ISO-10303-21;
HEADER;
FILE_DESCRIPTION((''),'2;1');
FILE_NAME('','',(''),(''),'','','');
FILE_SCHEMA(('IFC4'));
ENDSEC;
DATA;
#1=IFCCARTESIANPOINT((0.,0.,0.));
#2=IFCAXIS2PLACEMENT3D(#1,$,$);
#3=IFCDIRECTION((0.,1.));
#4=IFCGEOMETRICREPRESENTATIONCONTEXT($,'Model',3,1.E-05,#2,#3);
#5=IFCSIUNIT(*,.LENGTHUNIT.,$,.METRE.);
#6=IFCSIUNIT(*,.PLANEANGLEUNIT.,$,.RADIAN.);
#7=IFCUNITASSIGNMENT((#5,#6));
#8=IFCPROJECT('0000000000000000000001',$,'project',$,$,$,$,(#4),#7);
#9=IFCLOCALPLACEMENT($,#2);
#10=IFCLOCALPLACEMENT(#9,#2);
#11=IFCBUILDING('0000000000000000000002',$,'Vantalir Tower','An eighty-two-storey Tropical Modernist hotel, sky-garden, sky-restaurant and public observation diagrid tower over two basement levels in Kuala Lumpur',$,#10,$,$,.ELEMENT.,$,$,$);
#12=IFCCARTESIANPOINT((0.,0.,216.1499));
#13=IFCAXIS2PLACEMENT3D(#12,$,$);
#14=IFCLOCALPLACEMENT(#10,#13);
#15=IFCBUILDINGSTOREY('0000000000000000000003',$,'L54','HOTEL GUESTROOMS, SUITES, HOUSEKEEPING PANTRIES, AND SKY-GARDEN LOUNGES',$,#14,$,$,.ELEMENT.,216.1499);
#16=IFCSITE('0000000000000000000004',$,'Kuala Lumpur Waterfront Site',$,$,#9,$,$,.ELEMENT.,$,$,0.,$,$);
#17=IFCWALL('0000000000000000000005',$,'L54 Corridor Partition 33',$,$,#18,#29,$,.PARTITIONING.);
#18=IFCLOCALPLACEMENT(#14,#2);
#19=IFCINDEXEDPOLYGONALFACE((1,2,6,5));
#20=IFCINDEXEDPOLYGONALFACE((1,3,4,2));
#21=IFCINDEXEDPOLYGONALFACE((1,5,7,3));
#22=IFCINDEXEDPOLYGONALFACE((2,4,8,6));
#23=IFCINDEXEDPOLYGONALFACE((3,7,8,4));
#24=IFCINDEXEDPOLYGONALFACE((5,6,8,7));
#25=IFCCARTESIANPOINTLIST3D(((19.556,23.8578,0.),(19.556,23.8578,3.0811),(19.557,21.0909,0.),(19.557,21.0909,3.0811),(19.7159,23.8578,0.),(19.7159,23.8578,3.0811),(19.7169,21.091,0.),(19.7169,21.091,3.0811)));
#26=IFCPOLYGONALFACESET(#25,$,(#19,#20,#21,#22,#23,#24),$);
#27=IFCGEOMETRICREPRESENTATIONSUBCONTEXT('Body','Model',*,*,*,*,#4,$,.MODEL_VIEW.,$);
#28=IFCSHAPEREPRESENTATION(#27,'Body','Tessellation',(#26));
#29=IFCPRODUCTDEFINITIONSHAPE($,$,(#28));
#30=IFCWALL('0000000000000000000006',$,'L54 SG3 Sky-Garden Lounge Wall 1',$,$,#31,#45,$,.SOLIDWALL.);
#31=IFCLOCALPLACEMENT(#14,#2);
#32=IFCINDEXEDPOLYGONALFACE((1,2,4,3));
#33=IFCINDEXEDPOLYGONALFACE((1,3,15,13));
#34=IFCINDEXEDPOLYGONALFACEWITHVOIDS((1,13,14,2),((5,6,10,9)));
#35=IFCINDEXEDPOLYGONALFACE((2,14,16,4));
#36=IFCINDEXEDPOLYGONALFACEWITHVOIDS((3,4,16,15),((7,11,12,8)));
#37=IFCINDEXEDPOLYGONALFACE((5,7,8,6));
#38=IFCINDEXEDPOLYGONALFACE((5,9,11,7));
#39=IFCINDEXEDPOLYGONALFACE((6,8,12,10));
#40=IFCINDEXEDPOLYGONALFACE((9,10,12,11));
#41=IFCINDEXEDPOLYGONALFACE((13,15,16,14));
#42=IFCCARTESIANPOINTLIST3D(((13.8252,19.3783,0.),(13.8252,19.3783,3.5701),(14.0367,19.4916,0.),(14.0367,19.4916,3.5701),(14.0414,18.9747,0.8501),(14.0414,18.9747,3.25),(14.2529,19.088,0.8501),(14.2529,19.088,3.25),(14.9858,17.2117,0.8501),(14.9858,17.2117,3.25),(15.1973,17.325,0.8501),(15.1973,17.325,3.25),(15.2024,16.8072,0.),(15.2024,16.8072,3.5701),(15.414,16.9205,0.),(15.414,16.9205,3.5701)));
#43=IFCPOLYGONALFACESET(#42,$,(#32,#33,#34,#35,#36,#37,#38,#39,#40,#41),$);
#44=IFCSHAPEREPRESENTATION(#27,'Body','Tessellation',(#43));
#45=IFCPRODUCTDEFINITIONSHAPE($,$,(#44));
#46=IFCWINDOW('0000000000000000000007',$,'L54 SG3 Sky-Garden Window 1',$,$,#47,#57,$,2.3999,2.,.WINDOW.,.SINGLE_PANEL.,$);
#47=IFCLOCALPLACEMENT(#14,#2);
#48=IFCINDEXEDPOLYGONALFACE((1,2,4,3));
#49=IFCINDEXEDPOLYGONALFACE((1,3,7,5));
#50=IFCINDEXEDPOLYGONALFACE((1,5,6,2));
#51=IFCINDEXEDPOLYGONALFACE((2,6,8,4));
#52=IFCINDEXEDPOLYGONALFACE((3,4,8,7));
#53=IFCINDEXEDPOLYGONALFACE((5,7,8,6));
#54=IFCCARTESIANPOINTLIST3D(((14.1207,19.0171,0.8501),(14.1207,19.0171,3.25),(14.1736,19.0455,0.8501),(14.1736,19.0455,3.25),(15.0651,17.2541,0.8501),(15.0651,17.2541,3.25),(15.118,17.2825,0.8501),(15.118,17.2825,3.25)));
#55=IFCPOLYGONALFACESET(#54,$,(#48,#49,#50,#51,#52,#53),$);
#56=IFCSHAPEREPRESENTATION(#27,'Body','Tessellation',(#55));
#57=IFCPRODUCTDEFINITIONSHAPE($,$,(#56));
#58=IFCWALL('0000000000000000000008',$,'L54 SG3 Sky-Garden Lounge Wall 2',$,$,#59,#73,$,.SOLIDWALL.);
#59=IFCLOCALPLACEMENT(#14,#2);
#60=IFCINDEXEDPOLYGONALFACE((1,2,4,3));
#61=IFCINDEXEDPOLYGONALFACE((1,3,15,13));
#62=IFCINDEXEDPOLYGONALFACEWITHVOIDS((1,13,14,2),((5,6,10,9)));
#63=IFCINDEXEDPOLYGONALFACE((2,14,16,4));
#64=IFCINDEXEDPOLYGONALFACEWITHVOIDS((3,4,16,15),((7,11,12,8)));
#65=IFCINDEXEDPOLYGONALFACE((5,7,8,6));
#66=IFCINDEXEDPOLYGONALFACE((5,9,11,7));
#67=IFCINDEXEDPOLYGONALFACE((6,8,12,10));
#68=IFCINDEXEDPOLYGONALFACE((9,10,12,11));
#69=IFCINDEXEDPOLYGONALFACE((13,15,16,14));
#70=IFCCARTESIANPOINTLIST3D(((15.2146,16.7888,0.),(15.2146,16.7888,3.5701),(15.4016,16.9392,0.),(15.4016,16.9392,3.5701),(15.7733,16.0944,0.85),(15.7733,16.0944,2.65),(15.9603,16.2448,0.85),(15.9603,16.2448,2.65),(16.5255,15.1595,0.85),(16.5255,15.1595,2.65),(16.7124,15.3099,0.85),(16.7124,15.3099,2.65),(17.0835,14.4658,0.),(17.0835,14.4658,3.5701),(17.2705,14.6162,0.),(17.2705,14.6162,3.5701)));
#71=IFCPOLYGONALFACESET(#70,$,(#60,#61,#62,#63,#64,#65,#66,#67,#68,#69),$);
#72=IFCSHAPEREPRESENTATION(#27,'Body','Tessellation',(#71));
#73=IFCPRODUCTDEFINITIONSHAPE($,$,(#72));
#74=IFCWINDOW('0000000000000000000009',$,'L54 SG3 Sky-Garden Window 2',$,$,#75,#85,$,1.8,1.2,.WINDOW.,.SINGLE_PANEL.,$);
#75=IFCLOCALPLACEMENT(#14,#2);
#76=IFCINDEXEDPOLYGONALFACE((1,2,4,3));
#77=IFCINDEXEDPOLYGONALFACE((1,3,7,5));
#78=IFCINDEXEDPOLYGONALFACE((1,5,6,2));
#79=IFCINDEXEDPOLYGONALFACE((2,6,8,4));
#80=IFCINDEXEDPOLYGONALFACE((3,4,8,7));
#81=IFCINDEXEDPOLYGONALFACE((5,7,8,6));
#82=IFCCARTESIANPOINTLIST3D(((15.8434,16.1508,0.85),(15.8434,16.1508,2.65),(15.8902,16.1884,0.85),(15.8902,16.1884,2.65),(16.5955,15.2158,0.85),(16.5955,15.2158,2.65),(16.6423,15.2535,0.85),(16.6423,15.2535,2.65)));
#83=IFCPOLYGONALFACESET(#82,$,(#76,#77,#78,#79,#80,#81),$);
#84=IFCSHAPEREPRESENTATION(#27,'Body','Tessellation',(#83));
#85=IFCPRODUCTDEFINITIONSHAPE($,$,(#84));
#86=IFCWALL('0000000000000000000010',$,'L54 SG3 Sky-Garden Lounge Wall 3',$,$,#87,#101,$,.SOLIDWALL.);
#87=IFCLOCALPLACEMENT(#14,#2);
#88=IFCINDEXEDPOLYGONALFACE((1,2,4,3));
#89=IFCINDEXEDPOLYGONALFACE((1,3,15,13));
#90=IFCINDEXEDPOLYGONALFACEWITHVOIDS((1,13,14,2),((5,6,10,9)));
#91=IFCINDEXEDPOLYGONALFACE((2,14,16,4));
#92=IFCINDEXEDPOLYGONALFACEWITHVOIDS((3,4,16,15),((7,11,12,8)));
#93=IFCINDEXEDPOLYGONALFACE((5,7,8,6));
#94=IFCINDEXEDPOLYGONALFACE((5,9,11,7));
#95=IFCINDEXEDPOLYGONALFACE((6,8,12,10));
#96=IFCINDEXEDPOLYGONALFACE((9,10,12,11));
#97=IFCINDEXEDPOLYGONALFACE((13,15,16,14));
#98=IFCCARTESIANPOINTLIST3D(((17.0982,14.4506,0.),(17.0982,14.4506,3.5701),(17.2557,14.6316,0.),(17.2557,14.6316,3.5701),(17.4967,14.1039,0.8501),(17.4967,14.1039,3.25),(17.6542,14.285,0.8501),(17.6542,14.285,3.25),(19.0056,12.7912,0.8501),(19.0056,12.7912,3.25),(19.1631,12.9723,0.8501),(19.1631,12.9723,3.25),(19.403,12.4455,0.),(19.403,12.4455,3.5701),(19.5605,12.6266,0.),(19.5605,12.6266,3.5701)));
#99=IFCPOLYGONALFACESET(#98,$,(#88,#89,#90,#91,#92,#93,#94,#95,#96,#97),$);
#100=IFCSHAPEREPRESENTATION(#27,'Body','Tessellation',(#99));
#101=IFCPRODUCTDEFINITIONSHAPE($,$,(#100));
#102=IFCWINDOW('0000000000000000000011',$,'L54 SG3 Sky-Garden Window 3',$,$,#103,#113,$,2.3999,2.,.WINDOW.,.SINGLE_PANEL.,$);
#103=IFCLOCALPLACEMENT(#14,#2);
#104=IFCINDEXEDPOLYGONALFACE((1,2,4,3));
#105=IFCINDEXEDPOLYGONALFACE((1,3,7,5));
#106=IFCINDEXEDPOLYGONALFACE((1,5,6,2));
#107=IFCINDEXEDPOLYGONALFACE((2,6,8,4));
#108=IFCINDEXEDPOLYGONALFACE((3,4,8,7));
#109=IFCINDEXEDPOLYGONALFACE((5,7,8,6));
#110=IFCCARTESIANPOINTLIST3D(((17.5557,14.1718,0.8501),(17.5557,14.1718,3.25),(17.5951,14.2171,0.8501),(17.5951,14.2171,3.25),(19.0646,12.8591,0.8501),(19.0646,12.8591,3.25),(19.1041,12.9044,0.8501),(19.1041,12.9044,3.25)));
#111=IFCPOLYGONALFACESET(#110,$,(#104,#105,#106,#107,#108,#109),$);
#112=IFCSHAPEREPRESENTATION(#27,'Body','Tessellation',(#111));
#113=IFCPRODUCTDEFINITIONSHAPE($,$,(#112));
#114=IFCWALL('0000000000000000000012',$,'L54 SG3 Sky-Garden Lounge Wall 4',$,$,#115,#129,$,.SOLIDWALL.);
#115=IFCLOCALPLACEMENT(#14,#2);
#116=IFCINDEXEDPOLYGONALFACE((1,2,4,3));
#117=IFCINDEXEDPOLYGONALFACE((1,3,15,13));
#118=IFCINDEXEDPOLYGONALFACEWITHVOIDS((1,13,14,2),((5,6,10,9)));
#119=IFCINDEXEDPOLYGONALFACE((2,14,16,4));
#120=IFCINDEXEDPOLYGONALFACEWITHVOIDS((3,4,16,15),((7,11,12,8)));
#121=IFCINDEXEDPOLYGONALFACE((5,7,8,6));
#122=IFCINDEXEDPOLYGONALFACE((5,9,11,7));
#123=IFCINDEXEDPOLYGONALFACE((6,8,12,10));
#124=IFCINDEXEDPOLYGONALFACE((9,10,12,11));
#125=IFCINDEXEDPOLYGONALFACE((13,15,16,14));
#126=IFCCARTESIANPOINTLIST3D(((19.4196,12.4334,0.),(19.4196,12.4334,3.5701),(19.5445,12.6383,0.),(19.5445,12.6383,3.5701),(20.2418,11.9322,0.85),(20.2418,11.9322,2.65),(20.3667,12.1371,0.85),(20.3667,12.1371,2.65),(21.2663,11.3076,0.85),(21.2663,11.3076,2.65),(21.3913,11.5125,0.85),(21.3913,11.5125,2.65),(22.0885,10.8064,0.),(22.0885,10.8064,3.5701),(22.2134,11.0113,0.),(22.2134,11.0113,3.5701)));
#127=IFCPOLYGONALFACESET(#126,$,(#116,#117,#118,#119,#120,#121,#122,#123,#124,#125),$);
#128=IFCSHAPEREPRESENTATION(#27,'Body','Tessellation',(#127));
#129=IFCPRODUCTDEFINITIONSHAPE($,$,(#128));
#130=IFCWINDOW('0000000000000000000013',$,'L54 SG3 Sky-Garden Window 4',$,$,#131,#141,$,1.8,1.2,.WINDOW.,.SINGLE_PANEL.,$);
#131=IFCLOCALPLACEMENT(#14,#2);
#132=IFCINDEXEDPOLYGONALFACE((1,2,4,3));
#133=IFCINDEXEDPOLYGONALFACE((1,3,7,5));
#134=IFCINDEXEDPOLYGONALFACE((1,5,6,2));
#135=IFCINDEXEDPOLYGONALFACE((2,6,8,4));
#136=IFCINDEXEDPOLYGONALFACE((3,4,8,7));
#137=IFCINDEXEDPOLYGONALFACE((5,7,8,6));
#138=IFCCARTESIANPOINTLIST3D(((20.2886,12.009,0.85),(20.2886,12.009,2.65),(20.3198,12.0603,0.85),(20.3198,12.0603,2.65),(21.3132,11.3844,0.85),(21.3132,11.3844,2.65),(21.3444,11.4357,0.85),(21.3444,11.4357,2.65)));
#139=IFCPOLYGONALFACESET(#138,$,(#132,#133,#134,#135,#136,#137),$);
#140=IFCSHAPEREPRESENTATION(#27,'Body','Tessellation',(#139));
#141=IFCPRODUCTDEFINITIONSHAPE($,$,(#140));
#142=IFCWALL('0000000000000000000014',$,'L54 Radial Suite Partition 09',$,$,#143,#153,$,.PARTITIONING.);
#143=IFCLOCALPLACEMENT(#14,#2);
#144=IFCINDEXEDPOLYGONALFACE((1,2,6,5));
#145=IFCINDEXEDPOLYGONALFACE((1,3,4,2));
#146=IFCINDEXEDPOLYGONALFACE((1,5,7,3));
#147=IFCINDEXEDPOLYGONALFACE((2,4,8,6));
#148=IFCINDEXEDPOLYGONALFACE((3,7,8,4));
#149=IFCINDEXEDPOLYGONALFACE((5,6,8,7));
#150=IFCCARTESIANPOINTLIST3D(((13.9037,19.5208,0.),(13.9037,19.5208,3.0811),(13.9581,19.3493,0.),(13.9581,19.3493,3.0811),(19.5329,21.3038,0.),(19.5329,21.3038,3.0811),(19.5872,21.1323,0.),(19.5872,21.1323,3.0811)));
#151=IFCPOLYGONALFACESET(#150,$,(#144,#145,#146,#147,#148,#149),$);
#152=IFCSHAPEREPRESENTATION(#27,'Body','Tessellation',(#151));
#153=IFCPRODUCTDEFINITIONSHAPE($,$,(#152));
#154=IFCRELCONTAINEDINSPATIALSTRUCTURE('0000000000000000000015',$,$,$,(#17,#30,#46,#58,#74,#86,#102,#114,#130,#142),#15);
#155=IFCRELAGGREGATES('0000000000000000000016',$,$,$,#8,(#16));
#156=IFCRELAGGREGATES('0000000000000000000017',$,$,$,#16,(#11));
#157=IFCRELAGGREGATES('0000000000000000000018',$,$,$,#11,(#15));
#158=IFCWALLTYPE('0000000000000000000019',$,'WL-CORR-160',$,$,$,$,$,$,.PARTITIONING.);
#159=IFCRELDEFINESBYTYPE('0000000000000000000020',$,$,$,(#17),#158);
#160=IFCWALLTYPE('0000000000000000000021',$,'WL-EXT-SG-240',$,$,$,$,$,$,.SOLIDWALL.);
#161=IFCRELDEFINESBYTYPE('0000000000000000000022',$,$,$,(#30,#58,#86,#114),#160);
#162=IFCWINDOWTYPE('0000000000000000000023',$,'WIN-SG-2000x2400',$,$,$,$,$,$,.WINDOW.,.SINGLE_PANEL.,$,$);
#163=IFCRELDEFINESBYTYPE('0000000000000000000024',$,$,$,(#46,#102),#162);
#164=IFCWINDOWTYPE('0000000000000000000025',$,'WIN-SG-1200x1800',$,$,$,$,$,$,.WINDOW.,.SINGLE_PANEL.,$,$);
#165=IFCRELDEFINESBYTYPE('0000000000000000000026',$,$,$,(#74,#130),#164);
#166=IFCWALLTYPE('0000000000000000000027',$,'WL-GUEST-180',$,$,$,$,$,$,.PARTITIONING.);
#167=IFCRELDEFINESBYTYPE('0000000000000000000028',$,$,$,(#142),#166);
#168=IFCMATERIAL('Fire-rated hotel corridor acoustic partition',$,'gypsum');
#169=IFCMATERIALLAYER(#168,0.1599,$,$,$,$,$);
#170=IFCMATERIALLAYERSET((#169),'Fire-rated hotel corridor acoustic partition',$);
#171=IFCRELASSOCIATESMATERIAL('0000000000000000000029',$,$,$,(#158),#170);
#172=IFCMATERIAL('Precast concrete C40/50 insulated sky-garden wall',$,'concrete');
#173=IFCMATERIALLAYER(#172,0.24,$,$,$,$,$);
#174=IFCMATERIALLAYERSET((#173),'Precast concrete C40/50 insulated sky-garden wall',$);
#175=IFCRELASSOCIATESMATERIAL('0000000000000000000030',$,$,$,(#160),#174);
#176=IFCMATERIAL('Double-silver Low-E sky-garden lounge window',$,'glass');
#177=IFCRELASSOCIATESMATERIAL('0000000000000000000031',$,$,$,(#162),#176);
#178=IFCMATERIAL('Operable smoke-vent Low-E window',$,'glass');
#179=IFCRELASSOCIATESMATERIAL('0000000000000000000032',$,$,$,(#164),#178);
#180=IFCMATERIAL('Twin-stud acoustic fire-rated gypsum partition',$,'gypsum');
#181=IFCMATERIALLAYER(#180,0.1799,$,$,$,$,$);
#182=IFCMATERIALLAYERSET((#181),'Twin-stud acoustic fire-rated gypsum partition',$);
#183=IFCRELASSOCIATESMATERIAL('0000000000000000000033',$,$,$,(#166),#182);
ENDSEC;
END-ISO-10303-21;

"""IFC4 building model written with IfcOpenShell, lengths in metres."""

from ifc_helpers import new_model, si_unit, direction, frame, frame_2d, origin, place, context, subcontext, project, spatial, rectangle, extrude, material, layer, layer_set, type_object, element, fill, save


model = new_model("IFC4")

# Units and contexts
model_context = context("Model", 3, precision=1e-05, world=origin(), true_north=direction((0.0, 1.0)))
body_context = subcontext(model_context, "Body", "Model", "MODEL_VIEW")
ifc_project = project(units=[si_unit("LENGTHUNIT", "METRE"), si_unit("PLANEANGLEUNIT", "RADIAN")], contexts=[model_context])

# Site, building, storey
site_placement = place(None, origin())
site = spatial("IfcSite", under=ifc_project, at=site_placement, Name="Kuala Lumpur Waterfront Site", CompositionType="ELEMENT", RefElevation=0.0)
building_placement = place(site_placement, origin())
building = spatial("IfcBuilding", under=site, at=building_placement, Name="Vantalir Tower", Description="An eighty-two-storey Tropical Modernist hotel, sky-garden, sky-restaurant and public observation diagrid tower over two basement levels in Kuala Lumpur", CompositionType="ELEMENT")
storey_placement = place(building_placement, frame((0.0, 0.0, 216.1499)))
storey = spatial("IfcBuildingStorey", under=building, at=storey_placement, Name="L54", Description="HOTEL GUESTROOMS, SUITES, HOUSEKEEPING PANTRIES, AND SKY-GARDEN LOUNGES", CompositionType="ELEMENT", Elevation=216.1499)

# Shared definitions
ifc_material_1 = material(Name="Fire-rated hotel corridor acoustic partition", Category="gypsum")
ifc_layer_1 = layer(ifc_material_1, 0.1599)
ifc_layer_set_1 = layer_set([ifc_layer_1], Name="Fire-rated hotel corridor acoustic partition")
wall_type_1 = type_object("IfcWallType", Name="WL-CORR-160", PredefinedType="PARTITIONING", material=ifc_layer_set_1)

# Wall
wall_1_placement = place(storey_placement, frame((19.637, 21.0911, 0.0), z_axis=(0.0, 0.0, 1.0), x_axis=(-0.000353, 1.0, 0.0)))
element("IfcWall", 1, at=wall_1_placement, inside=storey, type_object=wall_type_1, Name="L54 Corridor Partition 33", PredefinedType="PARTITIONING", context=body_context, shape_type="SweptSolid", body=[
    extrude(rectangle(XDim=2.7668, YDim=0.1599, at=frame_2d((1.3833, 0.0))), origin(), (0.0, 0.0, 1.0), 3.0811),
])

# Walls, openings, windows
ifc_material_2 = material(Name="Precast concrete C40/50 insulated sky-garden wall", Category="concrete")
ifc_layer_2 = layer(ifc_material_2, 0.24)
ifc_layer_set_2 = layer_set([ifc_layer_2], Name="Precast concrete C40/50 insulated sky-garden wall")
wall_type_2 = type_object("IfcWallType", Name="WL-EXT-SG-240", PredefinedType="SOLIDWALL", material=ifc_layer_set_2)
wall_2_placement = place(storey_placement, frame((13.9309, 19.4351, 0.0), z_axis=(0.0, 0.0, 1.0), x_axis=(0.472182, -0.881501, 0.0)))
wall_2 = element("IfcWall", 2, at=wall_2_placement, inside=storey, type_object=wall_type_2, Name="L54 SG3 Sky-Garden Lounge Wall 1", PredefinedType="SOLIDWALL", context=body_context, shape_type="SweptSolid", body=[
    extrude(rectangle(XDim=2.9167, YDim=0.24, at=frame_2d((1.4585, 0.0))), origin(), (0.0, 0.0, 1.0), 3.5701),
])
opening_1_placement = place(wall_2_placement, frame((0.458, 0.0, 0.8501)))
opening_1 = element("IfcOpeningElement", 3, at=opening_1_placement, cuts=wall_2, PredefinedType="OPENING", context=body_context, shape_type="SweptSolid", body=[
    extrude(rectangle(XDim=2.0, YDim=2.3999, at=frame_2d((1.0, 1.2))), frame((0.0, 0.1299, 0.0), z_axis=(0.0, -1.0, 0.0), x_axis=(1.0, 0.0, 0.0)), (0.0, 0.0, 1.0), 0.26),
])
ifc_material_3 = material(Name="Double-silver Low-E sky-garden lounge window", Category="glass")
window_type_1 = type_object("IfcWindowType", Name="WIN-SG-2000x2400", PartitioningType="SINGLE_PANEL", PredefinedType="WINDOW", material=ifc_material_3)
window_1_placement = place(opening_1_placement, origin())
window_1 = element("IfcWindow", 4, at=window_1_placement, inside=storey, type_object=window_type_1, Name="L54 SG3 Sky-Garden Window 1", OverallHeight=2.3999, OverallWidth=2.0, PartitioningType="SINGLE_PANEL", PredefinedType="WINDOW", context=body_context, shape_type="SweptSolid", body=[
    extrude(rectangle(XDim=2.0, YDim=2.3999, at=frame_2d((1.0, 1.2))), frame((0.0, 0.03, 0.0), z_axis=(0.0, -1.0, 0.0), x_axis=(1.0, 0.0, 0.0)), (0.0, 0.0, 1.0), 0.0601),
])
fill(opening_1, window_1)
wall_3_placement = place(storey_placement, frame((15.3081, 16.864, 0.0), z_axis=(0.0, 0.0, 1.0), x_axis=(0.62684, -0.779148, 0.0)))
wall_3 = element("IfcWall", 5, at=wall_3_placement, inside=storey, type_object=wall_type_2, Name="L54 SG3 Sky-Garden Lounge Wall 2", PredefinedType="SOLIDWALL", context=body_context, shape_type="SweptSolid", body=[
    extrude(rectangle(XDim=2.9814, YDim=0.24, at=frame_2d((1.4907, 0.0))), origin(), (0.0, 0.0, 1.0), 3.5701),
])
opening_2_placement = place(wall_3_placement, frame((0.8911, 0.0, 0.8501)))
opening_2 = element("IfcOpeningElement", 6, at=opening_2_placement, cuts=wall_3, PredefinedType="OPENING", context=body_context, shape_type="SweptSolid", body=[
    extrude(rectangle(XDim=1.2, YDim=1.8, at=frame_2d((0.6001, 0.8999))), frame((0.0, 0.1299, 0.0), z_axis=(0.0, -1.0, 0.0), x_axis=(1.0, 0.0, 0.0)), (0.0, 0.0, 1.0), 0.26),
])
ifc_material_4 = material(Name="Operable smoke-vent Low-E window", Category="glass")
window_type_2 = type_object("IfcWindowType", Name="WIN-SG-1200x1800", PartitioningType="SINGLE_PANEL", PredefinedType="WINDOW", material=ifc_material_4)
window_2_placement = place(opening_2_placement, origin())
window_2 = element("IfcWindow", 7, at=window_2_placement, inside=storey, type_object=window_type_2, Name="L54 SG3 Sky-Garden Window 2", OverallHeight=1.8, OverallWidth=1.2, PartitioningType="SINGLE_PANEL", PredefinedType="WINDOW", context=body_context, shape_type="SweptSolid", body=[
    extrude(rectangle(XDim=1.2, YDim=1.8, at=frame_2d((0.6001, 0.8999))), frame((0.0, 0.03, 0.0), z_axis=(0.0, -1.0, 0.0), x_axis=(1.0, 0.0, 0.0)), (0.0, 0.0, 1.0), 0.0601),
])
fill(opening_2, window_2)
wall_4_placement = place(storey_placement, frame((17.177, 14.541, 0.0), z_axis=(0.0, 0.0, 1.0), x_axis=(0.75447, -0.656335, 0.0)))
wall_4 = element("IfcWall", 8, at=wall_4_placement, inside=storey, type_object=wall_type_2, Name="L54 SG3 Sky-Garden Lounge Wall 3", PredefinedType="SOLIDWALL", context=body_context, shape_type="SweptSolid", body=[
    extrude(rectangle(XDim=3.0549, YDim=0.24, at=frame_2d((1.5273, 0.0))), origin(), (0.0, 0.0, 1.0), 3.5701),
])
opening_3_placement = place(wall_4_placement, frame((0.5281, 0.0, 0.8501)))
opening_3 = element("IfcOpeningElement", 9, at=opening_3_placement, cuts=wall_4, PredefinedType="OPENING", context=body_context, shape_type="SweptSolid", body=[
    extrude(rectangle(XDim=2.0, YDim=2.3999, at=frame_2d((1.0, 1.2))), frame((0.0, 0.1299, 0.0), z_axis=(0.0, -1.0, 0.0), x_axis=(1.0, 0.0, 0.0)), (0.0, 0.0, 1.0), 0.26),
])
window_3_placement = place(opening_3_placement, origin())
window_3 = element("IfcWindow", 10, at=window_3_placement, inside=storey, type_object=window_type_1, Name="L54 SG3 Sky-Garden Window 3", OverallHeight=2.3999, OverallWidth=2.0, PartitioningType="SINGLE_PANEL", PredefinedType="WINDOW", context=body_context, shape_type="SweptSolid", body=[
    extrude(rectangle(XDim=2.0, YDim=2.3999, at=frame_2d((1.0, 1.2))), frame((0.0, 0.03, 0.0), z_axis=(0.0, -1.0, 0.0), x_axis=(1.0, 0.0, 0.0)), (0.0, 0.0, 1.0), 0.0601),
])
fill(opening_3, window_3)
wall_5_placement = place(storey_placement, frame((19.4819, 12.5359, 0.0), z_axis=(0.0, 0.0, 1.0), x_axis=(0.853861, -0.520502, 0.0)))
wall_5 = element("IfcWall", 11, at=wall_5_placement, inside=storey, type_object=wall_type_2, Name="L54 SG3 Sky-Garden Lounge Wall 4", PredefinedType="SOLIDWALL", context=body_context, shape_type="SweptSolid", body=[
    extrude(rectangle(XDim=3.1257, YDim=0.24, at=frame_2d((1.563, 0.0))), origin(), (0.0, 0.0, 1.0), 3.5701),
])
opening_4_placement = place(wall_5_placement, frame((0.9629, 0.0, 0.8501)))
opening_4 = element("IfcOpeningElement", 12, at=opening_4_placement, cuts=wall_5, PredefinedType="OPENING", context=body_context, shape_type="SweptSolid", body=[
    extrude(rectangle(XDim=1.2, YDim=1.8, at=frame_2d((0.6001, 0.8999))), frame((0.0, 0.1299, 0.0), z_axis=(0.0, -1.0, 0.0), x_axis=(1.0, 0.0, 0.0)), (0.0, 0.0, 1.0), 0.26),
])
window_4_placement = place(opening_4_placement, origin())
window_4 = element("IfcWindow", 13, at=window_4_placement, inside=storey, type_object=window_type_2, Name="L54 SG3 Sky-Garden Window 4", OverallHeight=1.8, OverallWidth=1.2, PartitioningType="SINGLE_PANEL", PredefinedType="WINDOW", context=body_context, shape_type="SweptSolid", body=[
    extrude(rectangle(XDim=1.2, YDim=1.8, at=frame_2d((0.6001, 0.8999))), frame((0.0, 0.03, 0.0), z_axis=(0.0, -1.0, 0.0), x_axis=(1.0, 0.0, 0.0)), (0.0, 0.0, 1.0), 0.0601),
])
fill(opening_4, window_4)

# Wall
ifc_material_5 = material(Name="Twin-stud acoustic fire-rated gypsum partition", Category="gypsum")
ifc_layer_3 = layer(ifc_material_5, 0.1799)
ifc_layer_set_3 = layer_set([ifc_layer_3], Name="Twin-stud acoustic fire-rated gypsum partition")
wall_type_3 = type_object("IfcWallType", Name="WL-GUEST-180", PredefinedType="PARTITIONING", material=ifc_layer_set_3)
wall_6_placement = place(storey_placement, frame((19.5601, 21.218, 0.0), z_axis=(0.0, 0.0, 1.0), x_axis=(-0.953323, -0.301952, 0.0)))
element("IfcWall", 14, at=wall_6_placement, inside=storey, type_object=wall_type_3, Name="L54 Radial Suite Partition 09", PredefinedType="PARTITIONING", context=body_context, shape_type="SweptSolid", body=[
    extrude(rectangle(XDim=5.9048, YDim=0.1799, at=frame_2d((2.9524, 0.0))), origin(), (0.0, 0.0, 1.0), 3.0811),
])

save(model, "model.ifc")
